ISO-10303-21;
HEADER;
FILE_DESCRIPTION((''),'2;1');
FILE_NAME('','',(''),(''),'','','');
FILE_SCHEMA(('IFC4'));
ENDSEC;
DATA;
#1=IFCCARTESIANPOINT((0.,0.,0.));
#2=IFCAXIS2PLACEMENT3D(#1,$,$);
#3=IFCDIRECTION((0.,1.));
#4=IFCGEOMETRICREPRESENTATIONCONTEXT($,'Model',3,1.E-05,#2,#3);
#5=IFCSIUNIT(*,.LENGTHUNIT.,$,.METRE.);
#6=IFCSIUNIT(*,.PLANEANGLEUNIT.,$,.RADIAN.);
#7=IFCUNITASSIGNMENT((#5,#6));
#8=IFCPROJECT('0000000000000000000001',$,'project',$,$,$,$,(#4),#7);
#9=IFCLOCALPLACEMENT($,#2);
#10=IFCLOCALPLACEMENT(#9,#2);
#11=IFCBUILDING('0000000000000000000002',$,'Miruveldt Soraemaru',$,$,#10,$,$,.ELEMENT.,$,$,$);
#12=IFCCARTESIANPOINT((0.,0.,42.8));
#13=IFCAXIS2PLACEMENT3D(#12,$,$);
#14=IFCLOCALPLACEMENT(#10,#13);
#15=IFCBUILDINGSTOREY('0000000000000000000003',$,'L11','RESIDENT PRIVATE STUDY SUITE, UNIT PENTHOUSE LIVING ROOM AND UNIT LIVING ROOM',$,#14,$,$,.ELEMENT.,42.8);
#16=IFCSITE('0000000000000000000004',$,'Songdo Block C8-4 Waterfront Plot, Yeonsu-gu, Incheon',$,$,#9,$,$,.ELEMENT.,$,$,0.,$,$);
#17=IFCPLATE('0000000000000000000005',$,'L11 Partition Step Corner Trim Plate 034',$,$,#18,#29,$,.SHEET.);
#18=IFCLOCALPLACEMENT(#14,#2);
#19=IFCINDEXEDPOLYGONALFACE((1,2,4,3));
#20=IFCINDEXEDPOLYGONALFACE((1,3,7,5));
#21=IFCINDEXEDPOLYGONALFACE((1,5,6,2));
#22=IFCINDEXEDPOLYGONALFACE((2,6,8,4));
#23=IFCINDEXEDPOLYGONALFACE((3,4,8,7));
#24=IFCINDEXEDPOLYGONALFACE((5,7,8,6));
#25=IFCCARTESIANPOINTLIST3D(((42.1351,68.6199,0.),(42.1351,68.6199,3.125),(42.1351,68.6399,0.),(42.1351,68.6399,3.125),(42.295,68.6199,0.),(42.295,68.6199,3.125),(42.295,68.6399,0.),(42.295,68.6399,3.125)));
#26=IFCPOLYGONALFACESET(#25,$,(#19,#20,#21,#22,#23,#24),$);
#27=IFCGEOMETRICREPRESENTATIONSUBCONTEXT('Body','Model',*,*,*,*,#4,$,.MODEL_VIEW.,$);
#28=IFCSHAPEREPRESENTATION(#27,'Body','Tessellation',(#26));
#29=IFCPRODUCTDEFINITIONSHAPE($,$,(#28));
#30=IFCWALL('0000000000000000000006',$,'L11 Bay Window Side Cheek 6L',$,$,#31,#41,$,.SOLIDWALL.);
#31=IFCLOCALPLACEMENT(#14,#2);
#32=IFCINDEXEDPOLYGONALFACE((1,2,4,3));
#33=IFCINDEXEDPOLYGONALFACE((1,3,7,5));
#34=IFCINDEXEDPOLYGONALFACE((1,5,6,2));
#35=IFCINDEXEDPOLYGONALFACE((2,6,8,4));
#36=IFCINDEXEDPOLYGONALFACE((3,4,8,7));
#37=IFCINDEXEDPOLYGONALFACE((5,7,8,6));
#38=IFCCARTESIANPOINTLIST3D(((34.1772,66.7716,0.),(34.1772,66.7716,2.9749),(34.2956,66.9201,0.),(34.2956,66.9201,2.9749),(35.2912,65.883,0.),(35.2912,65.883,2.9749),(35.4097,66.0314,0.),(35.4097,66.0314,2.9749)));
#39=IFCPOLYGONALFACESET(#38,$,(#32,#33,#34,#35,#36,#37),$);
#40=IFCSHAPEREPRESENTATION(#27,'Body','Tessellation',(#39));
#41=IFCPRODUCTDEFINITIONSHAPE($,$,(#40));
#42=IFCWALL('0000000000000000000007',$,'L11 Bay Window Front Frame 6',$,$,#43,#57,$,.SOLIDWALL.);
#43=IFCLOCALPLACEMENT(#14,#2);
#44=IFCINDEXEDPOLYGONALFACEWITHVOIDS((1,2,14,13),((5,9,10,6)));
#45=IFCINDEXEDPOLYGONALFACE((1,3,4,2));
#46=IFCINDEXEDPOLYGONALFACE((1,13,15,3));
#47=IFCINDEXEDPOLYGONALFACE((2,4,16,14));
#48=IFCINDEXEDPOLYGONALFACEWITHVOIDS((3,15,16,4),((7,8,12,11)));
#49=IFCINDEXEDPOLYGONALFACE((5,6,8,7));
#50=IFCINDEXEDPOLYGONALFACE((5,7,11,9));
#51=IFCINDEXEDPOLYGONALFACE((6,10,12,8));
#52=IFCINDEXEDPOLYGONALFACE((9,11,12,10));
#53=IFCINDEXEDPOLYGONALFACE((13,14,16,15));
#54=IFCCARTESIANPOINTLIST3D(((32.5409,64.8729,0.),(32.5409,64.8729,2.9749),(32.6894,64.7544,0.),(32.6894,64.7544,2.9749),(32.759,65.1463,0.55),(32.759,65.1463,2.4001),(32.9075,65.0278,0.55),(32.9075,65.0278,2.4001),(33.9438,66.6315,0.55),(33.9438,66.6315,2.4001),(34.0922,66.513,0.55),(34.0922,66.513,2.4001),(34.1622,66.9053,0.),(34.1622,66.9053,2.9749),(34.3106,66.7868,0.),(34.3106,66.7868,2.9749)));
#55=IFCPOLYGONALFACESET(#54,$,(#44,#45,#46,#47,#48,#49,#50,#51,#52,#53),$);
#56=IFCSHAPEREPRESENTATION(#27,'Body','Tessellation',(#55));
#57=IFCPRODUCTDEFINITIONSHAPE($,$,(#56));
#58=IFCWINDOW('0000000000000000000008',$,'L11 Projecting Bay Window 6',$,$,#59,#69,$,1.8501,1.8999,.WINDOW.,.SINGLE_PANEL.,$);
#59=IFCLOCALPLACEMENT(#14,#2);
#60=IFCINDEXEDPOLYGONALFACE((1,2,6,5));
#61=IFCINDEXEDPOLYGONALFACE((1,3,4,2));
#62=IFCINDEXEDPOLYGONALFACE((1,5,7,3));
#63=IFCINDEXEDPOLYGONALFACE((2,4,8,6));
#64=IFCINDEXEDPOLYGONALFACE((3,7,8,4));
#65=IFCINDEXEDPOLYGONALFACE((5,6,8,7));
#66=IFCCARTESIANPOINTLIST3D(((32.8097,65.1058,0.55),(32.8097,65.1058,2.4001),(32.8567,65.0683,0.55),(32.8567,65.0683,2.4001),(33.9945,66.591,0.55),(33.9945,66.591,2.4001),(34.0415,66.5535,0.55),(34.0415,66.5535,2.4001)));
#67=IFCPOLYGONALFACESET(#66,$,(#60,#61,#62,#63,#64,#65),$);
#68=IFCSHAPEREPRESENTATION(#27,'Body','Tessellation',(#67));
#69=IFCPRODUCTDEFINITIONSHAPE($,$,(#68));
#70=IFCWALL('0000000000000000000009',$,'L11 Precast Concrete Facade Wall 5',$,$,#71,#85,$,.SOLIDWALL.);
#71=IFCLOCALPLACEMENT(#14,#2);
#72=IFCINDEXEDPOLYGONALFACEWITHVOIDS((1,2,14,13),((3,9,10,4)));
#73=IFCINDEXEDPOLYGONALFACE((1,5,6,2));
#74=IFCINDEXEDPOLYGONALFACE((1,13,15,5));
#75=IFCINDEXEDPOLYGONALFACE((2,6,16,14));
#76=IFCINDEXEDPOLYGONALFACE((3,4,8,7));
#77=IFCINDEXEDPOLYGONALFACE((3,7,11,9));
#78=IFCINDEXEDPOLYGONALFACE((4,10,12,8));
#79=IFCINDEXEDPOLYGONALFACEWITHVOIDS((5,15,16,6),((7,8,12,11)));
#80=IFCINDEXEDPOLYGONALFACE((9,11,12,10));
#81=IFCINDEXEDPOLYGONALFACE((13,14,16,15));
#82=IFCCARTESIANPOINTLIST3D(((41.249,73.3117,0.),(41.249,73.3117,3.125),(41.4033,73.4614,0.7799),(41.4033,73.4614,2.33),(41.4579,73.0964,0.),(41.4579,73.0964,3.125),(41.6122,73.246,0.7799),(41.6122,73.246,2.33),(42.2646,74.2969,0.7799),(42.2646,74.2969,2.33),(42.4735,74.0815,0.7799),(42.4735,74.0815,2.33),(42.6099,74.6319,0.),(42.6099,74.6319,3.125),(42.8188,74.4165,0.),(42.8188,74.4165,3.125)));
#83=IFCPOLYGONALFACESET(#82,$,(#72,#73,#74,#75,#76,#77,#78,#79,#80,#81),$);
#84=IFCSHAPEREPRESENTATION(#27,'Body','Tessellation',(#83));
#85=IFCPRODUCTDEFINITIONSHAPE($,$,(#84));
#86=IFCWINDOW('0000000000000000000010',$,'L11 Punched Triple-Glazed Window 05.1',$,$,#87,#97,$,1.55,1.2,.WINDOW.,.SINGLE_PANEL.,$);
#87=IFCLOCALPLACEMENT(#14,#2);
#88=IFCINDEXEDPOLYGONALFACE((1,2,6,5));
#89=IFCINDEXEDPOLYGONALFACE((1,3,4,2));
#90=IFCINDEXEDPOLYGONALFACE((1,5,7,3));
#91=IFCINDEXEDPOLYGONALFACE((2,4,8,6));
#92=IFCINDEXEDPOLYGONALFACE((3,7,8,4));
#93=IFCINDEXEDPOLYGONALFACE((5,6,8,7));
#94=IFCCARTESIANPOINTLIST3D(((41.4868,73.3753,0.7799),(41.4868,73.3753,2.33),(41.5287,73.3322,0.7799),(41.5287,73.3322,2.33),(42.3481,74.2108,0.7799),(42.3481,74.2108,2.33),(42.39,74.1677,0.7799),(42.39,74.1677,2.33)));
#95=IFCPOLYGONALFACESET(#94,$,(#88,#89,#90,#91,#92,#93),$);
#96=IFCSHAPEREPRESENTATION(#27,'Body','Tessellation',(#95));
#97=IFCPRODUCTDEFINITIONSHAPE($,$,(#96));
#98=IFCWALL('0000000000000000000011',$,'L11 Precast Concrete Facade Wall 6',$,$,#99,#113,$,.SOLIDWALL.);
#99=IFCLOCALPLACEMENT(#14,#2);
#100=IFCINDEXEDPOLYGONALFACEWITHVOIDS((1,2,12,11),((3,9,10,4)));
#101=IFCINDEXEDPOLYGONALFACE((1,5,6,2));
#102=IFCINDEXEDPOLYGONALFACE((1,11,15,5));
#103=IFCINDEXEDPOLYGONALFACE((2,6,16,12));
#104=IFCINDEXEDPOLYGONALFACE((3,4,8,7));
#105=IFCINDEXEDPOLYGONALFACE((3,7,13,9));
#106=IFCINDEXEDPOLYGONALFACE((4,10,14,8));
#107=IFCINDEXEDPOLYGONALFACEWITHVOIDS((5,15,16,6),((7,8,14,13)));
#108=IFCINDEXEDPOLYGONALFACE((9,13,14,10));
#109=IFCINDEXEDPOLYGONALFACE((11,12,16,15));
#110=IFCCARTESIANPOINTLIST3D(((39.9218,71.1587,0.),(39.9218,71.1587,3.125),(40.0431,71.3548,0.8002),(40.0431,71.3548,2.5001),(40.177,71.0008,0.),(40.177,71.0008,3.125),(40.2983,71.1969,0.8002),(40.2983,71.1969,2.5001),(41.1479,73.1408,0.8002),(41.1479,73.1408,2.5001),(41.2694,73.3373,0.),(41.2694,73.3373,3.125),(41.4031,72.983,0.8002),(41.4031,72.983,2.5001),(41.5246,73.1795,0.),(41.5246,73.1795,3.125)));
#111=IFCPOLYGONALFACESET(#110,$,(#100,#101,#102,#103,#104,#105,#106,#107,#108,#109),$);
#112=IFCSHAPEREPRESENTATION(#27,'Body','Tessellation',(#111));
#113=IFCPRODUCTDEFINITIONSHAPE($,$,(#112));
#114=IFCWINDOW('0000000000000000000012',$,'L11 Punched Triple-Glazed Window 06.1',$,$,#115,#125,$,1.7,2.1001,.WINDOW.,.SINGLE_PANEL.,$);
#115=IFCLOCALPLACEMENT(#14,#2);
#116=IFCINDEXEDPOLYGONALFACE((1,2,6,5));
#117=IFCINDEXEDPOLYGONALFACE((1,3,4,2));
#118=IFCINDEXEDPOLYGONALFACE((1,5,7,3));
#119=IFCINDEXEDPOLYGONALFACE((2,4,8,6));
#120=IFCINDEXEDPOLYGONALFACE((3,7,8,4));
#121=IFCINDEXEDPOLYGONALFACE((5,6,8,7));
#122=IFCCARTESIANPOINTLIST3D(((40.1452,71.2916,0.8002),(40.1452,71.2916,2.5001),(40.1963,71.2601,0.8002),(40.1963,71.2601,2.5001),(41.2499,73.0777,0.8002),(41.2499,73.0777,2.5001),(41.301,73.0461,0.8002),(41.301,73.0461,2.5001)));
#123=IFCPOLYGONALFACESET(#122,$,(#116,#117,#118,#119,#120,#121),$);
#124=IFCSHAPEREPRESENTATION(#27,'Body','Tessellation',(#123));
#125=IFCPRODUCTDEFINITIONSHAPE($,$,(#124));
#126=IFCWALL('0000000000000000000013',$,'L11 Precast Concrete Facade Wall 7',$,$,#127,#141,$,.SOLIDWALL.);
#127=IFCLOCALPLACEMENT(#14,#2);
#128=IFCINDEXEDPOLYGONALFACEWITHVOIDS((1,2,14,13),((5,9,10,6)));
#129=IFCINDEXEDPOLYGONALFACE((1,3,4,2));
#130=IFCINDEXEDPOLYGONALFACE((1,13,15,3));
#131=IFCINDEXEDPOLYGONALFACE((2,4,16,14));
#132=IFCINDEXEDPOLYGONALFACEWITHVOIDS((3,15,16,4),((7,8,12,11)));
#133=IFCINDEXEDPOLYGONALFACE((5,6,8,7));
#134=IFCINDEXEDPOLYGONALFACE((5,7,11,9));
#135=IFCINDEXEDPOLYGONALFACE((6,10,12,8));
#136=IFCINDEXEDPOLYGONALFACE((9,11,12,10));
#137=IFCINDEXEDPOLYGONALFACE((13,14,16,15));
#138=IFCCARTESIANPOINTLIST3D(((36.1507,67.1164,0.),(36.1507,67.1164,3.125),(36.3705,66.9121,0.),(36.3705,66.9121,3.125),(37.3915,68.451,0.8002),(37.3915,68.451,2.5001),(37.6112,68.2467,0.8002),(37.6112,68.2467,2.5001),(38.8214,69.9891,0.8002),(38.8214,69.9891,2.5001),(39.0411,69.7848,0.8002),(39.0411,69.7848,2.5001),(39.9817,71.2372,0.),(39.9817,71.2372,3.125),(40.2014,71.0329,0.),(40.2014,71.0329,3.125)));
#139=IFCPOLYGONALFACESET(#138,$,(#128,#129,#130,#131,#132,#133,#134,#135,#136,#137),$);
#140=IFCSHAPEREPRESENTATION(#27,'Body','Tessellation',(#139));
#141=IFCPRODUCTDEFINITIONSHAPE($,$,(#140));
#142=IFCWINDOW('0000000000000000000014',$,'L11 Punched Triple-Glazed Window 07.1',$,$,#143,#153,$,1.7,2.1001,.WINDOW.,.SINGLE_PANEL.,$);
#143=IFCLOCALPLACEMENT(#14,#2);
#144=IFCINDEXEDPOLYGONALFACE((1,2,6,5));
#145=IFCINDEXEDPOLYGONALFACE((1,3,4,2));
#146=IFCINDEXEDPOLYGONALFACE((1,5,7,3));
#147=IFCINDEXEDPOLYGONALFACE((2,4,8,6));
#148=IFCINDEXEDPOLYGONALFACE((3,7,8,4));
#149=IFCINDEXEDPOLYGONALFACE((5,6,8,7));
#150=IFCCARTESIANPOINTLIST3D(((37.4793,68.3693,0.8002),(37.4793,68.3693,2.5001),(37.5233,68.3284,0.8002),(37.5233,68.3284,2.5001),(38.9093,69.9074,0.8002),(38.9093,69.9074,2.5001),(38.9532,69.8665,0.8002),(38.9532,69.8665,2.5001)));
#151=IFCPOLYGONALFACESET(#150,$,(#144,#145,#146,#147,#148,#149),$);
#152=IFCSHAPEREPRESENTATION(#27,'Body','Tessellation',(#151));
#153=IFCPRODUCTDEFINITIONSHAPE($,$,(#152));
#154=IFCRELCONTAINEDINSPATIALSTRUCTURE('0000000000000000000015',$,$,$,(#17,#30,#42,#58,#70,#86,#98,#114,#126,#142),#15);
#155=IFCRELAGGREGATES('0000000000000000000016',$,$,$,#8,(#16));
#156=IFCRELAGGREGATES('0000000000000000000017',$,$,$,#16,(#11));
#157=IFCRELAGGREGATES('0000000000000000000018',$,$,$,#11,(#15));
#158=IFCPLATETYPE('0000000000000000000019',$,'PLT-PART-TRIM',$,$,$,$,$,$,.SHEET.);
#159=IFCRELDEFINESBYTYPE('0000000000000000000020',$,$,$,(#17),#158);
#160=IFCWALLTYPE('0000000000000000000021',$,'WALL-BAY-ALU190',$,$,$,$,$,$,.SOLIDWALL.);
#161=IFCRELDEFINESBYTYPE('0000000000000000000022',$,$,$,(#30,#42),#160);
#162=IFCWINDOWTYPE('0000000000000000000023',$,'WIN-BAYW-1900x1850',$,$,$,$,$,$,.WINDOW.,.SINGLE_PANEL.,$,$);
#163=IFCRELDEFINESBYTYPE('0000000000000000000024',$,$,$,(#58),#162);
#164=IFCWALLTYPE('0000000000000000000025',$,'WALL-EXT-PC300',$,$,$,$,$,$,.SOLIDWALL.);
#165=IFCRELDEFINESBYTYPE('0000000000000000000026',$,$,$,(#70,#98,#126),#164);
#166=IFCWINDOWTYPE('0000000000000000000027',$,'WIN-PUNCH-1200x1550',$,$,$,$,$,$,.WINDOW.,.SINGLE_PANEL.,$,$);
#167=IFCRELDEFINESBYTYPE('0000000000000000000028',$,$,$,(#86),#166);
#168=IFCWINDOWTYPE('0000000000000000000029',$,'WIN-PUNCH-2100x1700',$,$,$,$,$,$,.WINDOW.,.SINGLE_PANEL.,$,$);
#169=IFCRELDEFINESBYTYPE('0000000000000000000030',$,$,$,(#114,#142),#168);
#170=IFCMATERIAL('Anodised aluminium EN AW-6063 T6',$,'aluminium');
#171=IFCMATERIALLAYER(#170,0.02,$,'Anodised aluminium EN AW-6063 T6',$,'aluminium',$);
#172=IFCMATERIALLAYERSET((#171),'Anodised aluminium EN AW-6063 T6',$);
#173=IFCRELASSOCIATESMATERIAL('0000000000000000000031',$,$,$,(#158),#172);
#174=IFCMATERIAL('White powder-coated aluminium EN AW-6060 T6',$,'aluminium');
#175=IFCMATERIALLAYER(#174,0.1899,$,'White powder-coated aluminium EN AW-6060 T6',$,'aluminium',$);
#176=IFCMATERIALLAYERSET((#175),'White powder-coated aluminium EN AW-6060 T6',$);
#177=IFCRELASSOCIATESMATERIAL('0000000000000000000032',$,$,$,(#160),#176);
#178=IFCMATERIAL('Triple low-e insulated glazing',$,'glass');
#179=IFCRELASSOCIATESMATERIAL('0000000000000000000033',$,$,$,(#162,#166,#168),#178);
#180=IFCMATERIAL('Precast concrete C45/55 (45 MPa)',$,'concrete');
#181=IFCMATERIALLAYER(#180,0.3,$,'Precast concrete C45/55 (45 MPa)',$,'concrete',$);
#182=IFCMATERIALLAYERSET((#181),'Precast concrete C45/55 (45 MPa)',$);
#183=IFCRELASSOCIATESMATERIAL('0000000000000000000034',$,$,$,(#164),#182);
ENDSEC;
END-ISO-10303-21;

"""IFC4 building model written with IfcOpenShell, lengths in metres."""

from ifc_helpers import new_model, si_unit, direction, frame, frame_2d, origin, origin_2d, place, context, subcontext, project, spatial, rectangle, extrude, material, layer, layer_set, type_object, element, fill, save


model = new_model("IFC4")

# Units and contexts
model_context = context("Model", 3, precision=1e-05, world=origin(), true_north=direction((0.0, 1.0)))
body_context = subcontext(model_context, "Body", "Model", "MODEL_VIEW")
ifc_project = project(units=[si_unit("LENGTHUNIT", "METRE"), si_unit("PLANEANGLEUNIT", "RADIAN")], contexts=[model_context])

# Site, building, storey
site_placement = place(None, origin())
site = spatial("IfcSite", under=ifc_project, at=site_placement, Name="Songdo Block C8-4 Waterfront Plot, Yeonsu-gu, Incheon", CompositionType="ELEMENT", RefElevation=0.0)
building_placement = place(site_placement, origin())
building = spatial("IfcBuilding", under=site, at=building_placement, Name="Miruveldt Soraemaru", CompositionType="ELEMENT")
storey_placement = place(building_placement, frame((0.0, 0.0, 42.8)))
storey = spatial("IfcBuildingStorey", under=building, at=storey_placement, Name="L11", Description="RESIDENT PRIVATE STUDY SUITE, UNIT PENTHOUSE LIVING ROOM AND UNIT LIVING ROOM", CompositionType="ELEMENT", Elevation=42.8)

# Plate
ifc_material_1 = material(Name="Anodised aluminium EN AW-6063 T6", Category="aluminium")
ifc_layer_1 = layer(ifc_material_1, 0.02, Name="Anodised aluminium EN AW-6063 T6", Category="aluminium")
ifc_layer_set_1 = layer_set([ifc_layer_1], Name="Anodised aluminium EN AW-6063 T6")
plate_type = type_object("IfcPlateType", Name="PLT-PART-TRIM", PredefinedType="SHEET", material=ifc_layer_set_1)
plate_placement = place(storey_placement, frame((42.2151, 68.6299, 0.0), z_axis=(0.0, 0.0, 1.0), x_axis=(-1.0, 0.0, 0.0)))
element("IfcPlate", 1, at=plate_placement, inside=storey, type_object=plate_type, Name="L11 Partition Step Corner Trim Plate 034", PredefinedType="SHEET", context=body_context, shape_type="SweptSolid", body=[
    extrude(rectangle(XDim=0.1599, YDim=0.02, at=origin_2d()), origin(), (0.0, 0.0, 1.0), 3.125),
])

# Wall
ifc_material_2 = material(Name="White powder-coated aluminium EN AW-6060 T6", Category="aluminium")
ifc_layer_2 = layer(ifc_material_2, 0.1899, Name="White powder-coated aluminium EN AW-6060 T6", Category="aluminium")
ifc_layer_set_2 = layer_set([ifc_layer_2], Name="White powder-coated aluminium EN AW-6060 T6")
wall_type_1 = type_object("IfcWallType", Name="WALL-BAY-ALU190", PredefinedType="SOLIDWALL", material=ifc_layer_set_2)
wall_1_placement = place(storey_placement, frame((35.3503, 65.9573, 0.0), z_axis=(0.0, 0.0, 1.0), x_axis=(-0.781737, 0.623608, 0.0)))
element("IfcWall", 2, at=wall_1_placement, inside=storey, type_object=wall_type_1, Name="L11 Bay Window Side Cheek 6L", PredefinedType="SOLIDWALL", context=body_context, shape_type="SweptSolid", body=[
    extrude(rectangle(XDim=1.425, YDim=0.1899, at=frame_2d((0.7124, 0.0))), origin(), (0.0, 0.0, 1.0), 2.9749),
])

# Walls, openings, windows
wall_2_placement = place(storey_placement, frame((34.2363, 66.8459, 0.0), z_axis=(0.0, 0.0, 1.0), x_axis=(-0.623607, -0.781738, 0.0)))
wall_2 = element("IfcWall", 3, at=wall_2_placement, inside=storey, type_object=wall_type_1, Name="L11 Bay Window Front Frame 6", PredefinedType="SOLIDWALL", context=body_context, shape_type="SweptSolid", body=[
    extrude(rectangle(XDim=2.5999, YDim=0.1899, at=frame_2d((1.2998, 0.0))), origin(), (0.0, 0.0, 1.0), 2.9749),
])
opening_1_placement = place(wall_2_placement, frame((0.3501, 0.0, 0.55)))
opening_1 = element("IfcOpeningElement", 4, at=opening_1_placement, cuts=wall_2, PredefinedType="OPENING", context=body_context, shape_type="SweptSolid", body=[
    extrude(rectangle(XDim=1.8999, YDim=1.8501, at=frame_2d((0.95, 0.925))), frame((0.0, 0.105, 0.0), z_axis=(0.0, -1.0, 0.0), x_axis=(1.0, 0.0, 0.0)), (0.0, 0.0, 1.0), 0.21),
])
ifc_material_3 = material(Name="Triple low-e insulated glazing", Category="glass")
window_type_1 = type_object("IfcWindowType", Name="WIN-BAYW-1900x1850", PartitioningType="SINGLE_PANEL", PredefinedType="WINDOW", material=ifc_material_3)
window_1_placement = place(opening_1_placement, origin())
window_1 = element("IfcWindow", 5, at=window_1_placement, inside=storey, type_object=window_type_1, Name="L11 Projecting Bay Window 6", OverallHeight=1.8501, OverallWidth=1.8999, PartitioningType="SINGLE_PANEL", PredefinedType="WINDOW", context=body_context, shape_type="SweptSolid", body=[
    extrude(rectangle(XDim=1.8999, YDim=1.8501, at=frame_2d((0.95, 0.925))), frame((0.0, 0.03, 0.0), z_axis=(0.0, -1.0, 0.0), x_axis=(1.0, 0.0, 0.0)), (0.0, 0.0, 1.0), 0.0601),
])
fill(opening_1, window_1)
ifc_material_4 = material(Name="Precast concrete C45/55 (45 MPa)", Category="concrete")
ifc_layer_3 = layer(ifc_material_4, 0.3, Name="Precast concrete C45/55 (45 MPa)", Category="concrete")
ifc_layer_set_3 = layer_set([ifc_layer_3], Name="Precast concrete C45/55 (45 MPa)")
wall_type_2 = type_object("IfcWallType", Name="WALL-EXT-PC300", PredefinedType="SOLIDWALL", material=ifc_layer_set_3)
wall_3_placement = place(storey_placement, frame((42.7144, 74.5242, 0.0), z_axis=(0.0, 0.0, 1.0), x_axis=(-0.717778, -0.696273, 0.0)))
wall_3 = element("IfcWall", 6, at=wall_3_placement, inside=storey, type_object=wall_type_2, Name="L11 Precast Concrete Facade Wall 5", PredefinedType="SOLIDWALL", context=body_context, shape_type="SweptSolid", body=[
    extrude(rectangle(XDim=1.896, YDim=0.3, at=frame_2d((0.948, 0.0))), origin(), (0.0, 0.0, 1.0), 3.125),
])
opening_2_placement = place(wall_3_placement, frame((0.481, 0.0, 0.78)))
opening_2 = element("IfcOpeningElement", 7, at=opening_2_placement, cuts=wall_3, PredefinedType="OPENING", context=body_context, shape_type="SweptSolid", body=[
    extrude(rectangle(XDim=1.2, YDim=1.55, at=frame_2d((0.6001, 0.7749))), frame((0.0, 0.1602, 0.0), z_axis=(0.0, -1.0, 0.0), x_axis=(1.0, 0.0, 0.0)), (0.0, 0.0, 1.0), 0.3201),
])
window_type_2 = type_object("IfcWindowType", Name="WIN-PUNCH-1200x1550", PartitioningType="SINGLE_PANEL", PredefinedType="WINDOW", material=ifc_material_3)
window_2_placement = place(opening_2_placement, origin())
window_2 = element("IfcWindow", 8, at=window_2_placement, inside=storey, type_object=window_type_2, Name="L11 Punched Triple-Glazed Window 05.1", OverallHeight=1.55, OverallWidth=1.2, PartitioningType="SINGLE_PANEL", PredefinedType="WINDOW", context=body_context, shape_type="SweptSolid", body=[
    extrude(rectangle(XDim=1.2, YDim=1.55, at=frame_2d((0.6001, 0.7749))), frame((0.0, 0.03, 0.0), z_axis=(0.0, -1.0, 0.0), x_axis=(1.0, 0.0, 0.0)), (0.0, 0.0, 1.0), 0.0601),
])
fill(opening_2, window_2)
wall_4_placement = place(storey_placement, frame((41.397, 73.2583, 0.0), z_axis=(0.0, 0.0, 1.0), x_axis=(-0.526053, -0.850452, 0.0)))
wall_4 = element("IfcWall", 9, at=wall_4_placement, inside=storey, type_object=wall_type_2, Name="L11 Precast Concrete Facade Wall 6", PredefinedType="SOLIDWALL", context=body_context, shape_type="SweptSolid", body=[
    extrude(rectangle(XDim=2.5618, YDim=0.3, at=frame_2d((1.2808, 0.0))), origin(), (0.0, 0.0, 1.0), 3.125),
])
opening_3_placement = place(wall_4_placement, frame((0.231, 0.0, 0.8)))
opening_3 = element("IfcOpeningElement", 10, at=opening_3_placement, cuts=wall_4, PredefinedType="OPENING", context=body_context, shape_type="SweptSolid", body=[
    extrude(rectangle(XDim=2.1001, YDim=1.7, at=frame_2d((1.05, 0.8501))), frame((0.0, 0.1602, 0.0), z_axis=(0.0, -1.0, 0.0), x_axis=(1.0, 0.0, 0.0)), (0.0, 0.0, 1.0), 0.3201),
])
window_type_3 = type_object("IfcWindowType", Name="WIN-PUNCH-2100x1700", PartitioningType="SINGLE_PANEL", PredefinedType="WINDOW", material=ifc_material_3)
window_3_placement = place(opening_3_placement, origin())
window_3 = element("IfcWindow", 11, at=window_3_placement, inside=storey, type_object=window_type_3, Name="L11 Punched Triple-Glazed Window 06.1", OverallHeight=1.7, OverallWidth=2.1001, PartitioningType="SINGLE_PANEL", PredefinedType="WINDOW", context=body_context, shape_type="SweptSolid", body=[
    extrude(rectangle(XDim=2.1001, YDim=1.7, at=frame_2d((1.05, 0.8501))), frame((0.0, 0.03, 0.0), z_axis=(0.0, -1.0, 0.0), x_axis=(1.0, 0.0, 0.0)), (0.0, 0.0, 1.0), 0.0601),
])
fill(opening_3, window_3)
wall_5_placement = place(storey_placement, frame((40.0916, 71.135, 0.0), z_axis=(0.0, 0.0, 1.0), x_axis=(-0.680885, -0.73239, 0.0)))
wall_5 = element("IfcWall", 12, at=wall_5_placement, inside=storey, type_object=wall_type_2, Name="L11 Precast Concrete Facade Wall 7", PredefinedType="SOLIDWALL", context=body_context, shape_type="SweptSolid", body=[
    extrude(rectangle(XDim=5.6265, YDim=0.3, at=frame_2d((2.8132, 0.0))), origin(), (0.0, 0.0, 1.0), 3.125),
])
opening_4_placement = place(wall_5_placement, frame((1.7041, 0.0, 0.8)))
opening_4 = element("IfcOpeningElement", 13, at=opening_4_placement, cuts=wall_5, PredefinedType="OPENING", context=body_context, shape_type="SweptSolid", body=[
    extrude(rectangle(XDim=2.1001, YDim=1.7, at=frame_2d((1.05, 0.8501))), frame((0.0, 0.1602, 0.0), z_axis=(0.0, -1.0, 0.0), x_axis=(1.0, 0.0, 0.0)), (0.0, 0.0, 1.0), 0.3201),
])
window_4_placement = place(opening_4_placement, origin())
window_4 = element("IfcWindow", 14, at=window_4_placement, inside=storey, type_object=window_type_3, Name="L11 Punched Triple-Glazed Window 07.1", OverallHeight=1.7, OverallWidth=2.1001, PartitioningType="SINGLE_PANEL", PredefinedType="WINDOW", context=body_context, shape_type="SweptSolid", body=[
    extrude(rectangle(XDim=2.1001, YDim=1.7, at=frame_2d((1.05, 0.8501))), frame((0.0, 0.03, 0.0), z_axis=(0.0, -1.0, 0.0), x_axis=(1.0, 0.0, 0.0)), (0.0, 0.0, 1.0), 0.0601),
])
fill(opening_4, window_4)

save(model, "model.ifc")
